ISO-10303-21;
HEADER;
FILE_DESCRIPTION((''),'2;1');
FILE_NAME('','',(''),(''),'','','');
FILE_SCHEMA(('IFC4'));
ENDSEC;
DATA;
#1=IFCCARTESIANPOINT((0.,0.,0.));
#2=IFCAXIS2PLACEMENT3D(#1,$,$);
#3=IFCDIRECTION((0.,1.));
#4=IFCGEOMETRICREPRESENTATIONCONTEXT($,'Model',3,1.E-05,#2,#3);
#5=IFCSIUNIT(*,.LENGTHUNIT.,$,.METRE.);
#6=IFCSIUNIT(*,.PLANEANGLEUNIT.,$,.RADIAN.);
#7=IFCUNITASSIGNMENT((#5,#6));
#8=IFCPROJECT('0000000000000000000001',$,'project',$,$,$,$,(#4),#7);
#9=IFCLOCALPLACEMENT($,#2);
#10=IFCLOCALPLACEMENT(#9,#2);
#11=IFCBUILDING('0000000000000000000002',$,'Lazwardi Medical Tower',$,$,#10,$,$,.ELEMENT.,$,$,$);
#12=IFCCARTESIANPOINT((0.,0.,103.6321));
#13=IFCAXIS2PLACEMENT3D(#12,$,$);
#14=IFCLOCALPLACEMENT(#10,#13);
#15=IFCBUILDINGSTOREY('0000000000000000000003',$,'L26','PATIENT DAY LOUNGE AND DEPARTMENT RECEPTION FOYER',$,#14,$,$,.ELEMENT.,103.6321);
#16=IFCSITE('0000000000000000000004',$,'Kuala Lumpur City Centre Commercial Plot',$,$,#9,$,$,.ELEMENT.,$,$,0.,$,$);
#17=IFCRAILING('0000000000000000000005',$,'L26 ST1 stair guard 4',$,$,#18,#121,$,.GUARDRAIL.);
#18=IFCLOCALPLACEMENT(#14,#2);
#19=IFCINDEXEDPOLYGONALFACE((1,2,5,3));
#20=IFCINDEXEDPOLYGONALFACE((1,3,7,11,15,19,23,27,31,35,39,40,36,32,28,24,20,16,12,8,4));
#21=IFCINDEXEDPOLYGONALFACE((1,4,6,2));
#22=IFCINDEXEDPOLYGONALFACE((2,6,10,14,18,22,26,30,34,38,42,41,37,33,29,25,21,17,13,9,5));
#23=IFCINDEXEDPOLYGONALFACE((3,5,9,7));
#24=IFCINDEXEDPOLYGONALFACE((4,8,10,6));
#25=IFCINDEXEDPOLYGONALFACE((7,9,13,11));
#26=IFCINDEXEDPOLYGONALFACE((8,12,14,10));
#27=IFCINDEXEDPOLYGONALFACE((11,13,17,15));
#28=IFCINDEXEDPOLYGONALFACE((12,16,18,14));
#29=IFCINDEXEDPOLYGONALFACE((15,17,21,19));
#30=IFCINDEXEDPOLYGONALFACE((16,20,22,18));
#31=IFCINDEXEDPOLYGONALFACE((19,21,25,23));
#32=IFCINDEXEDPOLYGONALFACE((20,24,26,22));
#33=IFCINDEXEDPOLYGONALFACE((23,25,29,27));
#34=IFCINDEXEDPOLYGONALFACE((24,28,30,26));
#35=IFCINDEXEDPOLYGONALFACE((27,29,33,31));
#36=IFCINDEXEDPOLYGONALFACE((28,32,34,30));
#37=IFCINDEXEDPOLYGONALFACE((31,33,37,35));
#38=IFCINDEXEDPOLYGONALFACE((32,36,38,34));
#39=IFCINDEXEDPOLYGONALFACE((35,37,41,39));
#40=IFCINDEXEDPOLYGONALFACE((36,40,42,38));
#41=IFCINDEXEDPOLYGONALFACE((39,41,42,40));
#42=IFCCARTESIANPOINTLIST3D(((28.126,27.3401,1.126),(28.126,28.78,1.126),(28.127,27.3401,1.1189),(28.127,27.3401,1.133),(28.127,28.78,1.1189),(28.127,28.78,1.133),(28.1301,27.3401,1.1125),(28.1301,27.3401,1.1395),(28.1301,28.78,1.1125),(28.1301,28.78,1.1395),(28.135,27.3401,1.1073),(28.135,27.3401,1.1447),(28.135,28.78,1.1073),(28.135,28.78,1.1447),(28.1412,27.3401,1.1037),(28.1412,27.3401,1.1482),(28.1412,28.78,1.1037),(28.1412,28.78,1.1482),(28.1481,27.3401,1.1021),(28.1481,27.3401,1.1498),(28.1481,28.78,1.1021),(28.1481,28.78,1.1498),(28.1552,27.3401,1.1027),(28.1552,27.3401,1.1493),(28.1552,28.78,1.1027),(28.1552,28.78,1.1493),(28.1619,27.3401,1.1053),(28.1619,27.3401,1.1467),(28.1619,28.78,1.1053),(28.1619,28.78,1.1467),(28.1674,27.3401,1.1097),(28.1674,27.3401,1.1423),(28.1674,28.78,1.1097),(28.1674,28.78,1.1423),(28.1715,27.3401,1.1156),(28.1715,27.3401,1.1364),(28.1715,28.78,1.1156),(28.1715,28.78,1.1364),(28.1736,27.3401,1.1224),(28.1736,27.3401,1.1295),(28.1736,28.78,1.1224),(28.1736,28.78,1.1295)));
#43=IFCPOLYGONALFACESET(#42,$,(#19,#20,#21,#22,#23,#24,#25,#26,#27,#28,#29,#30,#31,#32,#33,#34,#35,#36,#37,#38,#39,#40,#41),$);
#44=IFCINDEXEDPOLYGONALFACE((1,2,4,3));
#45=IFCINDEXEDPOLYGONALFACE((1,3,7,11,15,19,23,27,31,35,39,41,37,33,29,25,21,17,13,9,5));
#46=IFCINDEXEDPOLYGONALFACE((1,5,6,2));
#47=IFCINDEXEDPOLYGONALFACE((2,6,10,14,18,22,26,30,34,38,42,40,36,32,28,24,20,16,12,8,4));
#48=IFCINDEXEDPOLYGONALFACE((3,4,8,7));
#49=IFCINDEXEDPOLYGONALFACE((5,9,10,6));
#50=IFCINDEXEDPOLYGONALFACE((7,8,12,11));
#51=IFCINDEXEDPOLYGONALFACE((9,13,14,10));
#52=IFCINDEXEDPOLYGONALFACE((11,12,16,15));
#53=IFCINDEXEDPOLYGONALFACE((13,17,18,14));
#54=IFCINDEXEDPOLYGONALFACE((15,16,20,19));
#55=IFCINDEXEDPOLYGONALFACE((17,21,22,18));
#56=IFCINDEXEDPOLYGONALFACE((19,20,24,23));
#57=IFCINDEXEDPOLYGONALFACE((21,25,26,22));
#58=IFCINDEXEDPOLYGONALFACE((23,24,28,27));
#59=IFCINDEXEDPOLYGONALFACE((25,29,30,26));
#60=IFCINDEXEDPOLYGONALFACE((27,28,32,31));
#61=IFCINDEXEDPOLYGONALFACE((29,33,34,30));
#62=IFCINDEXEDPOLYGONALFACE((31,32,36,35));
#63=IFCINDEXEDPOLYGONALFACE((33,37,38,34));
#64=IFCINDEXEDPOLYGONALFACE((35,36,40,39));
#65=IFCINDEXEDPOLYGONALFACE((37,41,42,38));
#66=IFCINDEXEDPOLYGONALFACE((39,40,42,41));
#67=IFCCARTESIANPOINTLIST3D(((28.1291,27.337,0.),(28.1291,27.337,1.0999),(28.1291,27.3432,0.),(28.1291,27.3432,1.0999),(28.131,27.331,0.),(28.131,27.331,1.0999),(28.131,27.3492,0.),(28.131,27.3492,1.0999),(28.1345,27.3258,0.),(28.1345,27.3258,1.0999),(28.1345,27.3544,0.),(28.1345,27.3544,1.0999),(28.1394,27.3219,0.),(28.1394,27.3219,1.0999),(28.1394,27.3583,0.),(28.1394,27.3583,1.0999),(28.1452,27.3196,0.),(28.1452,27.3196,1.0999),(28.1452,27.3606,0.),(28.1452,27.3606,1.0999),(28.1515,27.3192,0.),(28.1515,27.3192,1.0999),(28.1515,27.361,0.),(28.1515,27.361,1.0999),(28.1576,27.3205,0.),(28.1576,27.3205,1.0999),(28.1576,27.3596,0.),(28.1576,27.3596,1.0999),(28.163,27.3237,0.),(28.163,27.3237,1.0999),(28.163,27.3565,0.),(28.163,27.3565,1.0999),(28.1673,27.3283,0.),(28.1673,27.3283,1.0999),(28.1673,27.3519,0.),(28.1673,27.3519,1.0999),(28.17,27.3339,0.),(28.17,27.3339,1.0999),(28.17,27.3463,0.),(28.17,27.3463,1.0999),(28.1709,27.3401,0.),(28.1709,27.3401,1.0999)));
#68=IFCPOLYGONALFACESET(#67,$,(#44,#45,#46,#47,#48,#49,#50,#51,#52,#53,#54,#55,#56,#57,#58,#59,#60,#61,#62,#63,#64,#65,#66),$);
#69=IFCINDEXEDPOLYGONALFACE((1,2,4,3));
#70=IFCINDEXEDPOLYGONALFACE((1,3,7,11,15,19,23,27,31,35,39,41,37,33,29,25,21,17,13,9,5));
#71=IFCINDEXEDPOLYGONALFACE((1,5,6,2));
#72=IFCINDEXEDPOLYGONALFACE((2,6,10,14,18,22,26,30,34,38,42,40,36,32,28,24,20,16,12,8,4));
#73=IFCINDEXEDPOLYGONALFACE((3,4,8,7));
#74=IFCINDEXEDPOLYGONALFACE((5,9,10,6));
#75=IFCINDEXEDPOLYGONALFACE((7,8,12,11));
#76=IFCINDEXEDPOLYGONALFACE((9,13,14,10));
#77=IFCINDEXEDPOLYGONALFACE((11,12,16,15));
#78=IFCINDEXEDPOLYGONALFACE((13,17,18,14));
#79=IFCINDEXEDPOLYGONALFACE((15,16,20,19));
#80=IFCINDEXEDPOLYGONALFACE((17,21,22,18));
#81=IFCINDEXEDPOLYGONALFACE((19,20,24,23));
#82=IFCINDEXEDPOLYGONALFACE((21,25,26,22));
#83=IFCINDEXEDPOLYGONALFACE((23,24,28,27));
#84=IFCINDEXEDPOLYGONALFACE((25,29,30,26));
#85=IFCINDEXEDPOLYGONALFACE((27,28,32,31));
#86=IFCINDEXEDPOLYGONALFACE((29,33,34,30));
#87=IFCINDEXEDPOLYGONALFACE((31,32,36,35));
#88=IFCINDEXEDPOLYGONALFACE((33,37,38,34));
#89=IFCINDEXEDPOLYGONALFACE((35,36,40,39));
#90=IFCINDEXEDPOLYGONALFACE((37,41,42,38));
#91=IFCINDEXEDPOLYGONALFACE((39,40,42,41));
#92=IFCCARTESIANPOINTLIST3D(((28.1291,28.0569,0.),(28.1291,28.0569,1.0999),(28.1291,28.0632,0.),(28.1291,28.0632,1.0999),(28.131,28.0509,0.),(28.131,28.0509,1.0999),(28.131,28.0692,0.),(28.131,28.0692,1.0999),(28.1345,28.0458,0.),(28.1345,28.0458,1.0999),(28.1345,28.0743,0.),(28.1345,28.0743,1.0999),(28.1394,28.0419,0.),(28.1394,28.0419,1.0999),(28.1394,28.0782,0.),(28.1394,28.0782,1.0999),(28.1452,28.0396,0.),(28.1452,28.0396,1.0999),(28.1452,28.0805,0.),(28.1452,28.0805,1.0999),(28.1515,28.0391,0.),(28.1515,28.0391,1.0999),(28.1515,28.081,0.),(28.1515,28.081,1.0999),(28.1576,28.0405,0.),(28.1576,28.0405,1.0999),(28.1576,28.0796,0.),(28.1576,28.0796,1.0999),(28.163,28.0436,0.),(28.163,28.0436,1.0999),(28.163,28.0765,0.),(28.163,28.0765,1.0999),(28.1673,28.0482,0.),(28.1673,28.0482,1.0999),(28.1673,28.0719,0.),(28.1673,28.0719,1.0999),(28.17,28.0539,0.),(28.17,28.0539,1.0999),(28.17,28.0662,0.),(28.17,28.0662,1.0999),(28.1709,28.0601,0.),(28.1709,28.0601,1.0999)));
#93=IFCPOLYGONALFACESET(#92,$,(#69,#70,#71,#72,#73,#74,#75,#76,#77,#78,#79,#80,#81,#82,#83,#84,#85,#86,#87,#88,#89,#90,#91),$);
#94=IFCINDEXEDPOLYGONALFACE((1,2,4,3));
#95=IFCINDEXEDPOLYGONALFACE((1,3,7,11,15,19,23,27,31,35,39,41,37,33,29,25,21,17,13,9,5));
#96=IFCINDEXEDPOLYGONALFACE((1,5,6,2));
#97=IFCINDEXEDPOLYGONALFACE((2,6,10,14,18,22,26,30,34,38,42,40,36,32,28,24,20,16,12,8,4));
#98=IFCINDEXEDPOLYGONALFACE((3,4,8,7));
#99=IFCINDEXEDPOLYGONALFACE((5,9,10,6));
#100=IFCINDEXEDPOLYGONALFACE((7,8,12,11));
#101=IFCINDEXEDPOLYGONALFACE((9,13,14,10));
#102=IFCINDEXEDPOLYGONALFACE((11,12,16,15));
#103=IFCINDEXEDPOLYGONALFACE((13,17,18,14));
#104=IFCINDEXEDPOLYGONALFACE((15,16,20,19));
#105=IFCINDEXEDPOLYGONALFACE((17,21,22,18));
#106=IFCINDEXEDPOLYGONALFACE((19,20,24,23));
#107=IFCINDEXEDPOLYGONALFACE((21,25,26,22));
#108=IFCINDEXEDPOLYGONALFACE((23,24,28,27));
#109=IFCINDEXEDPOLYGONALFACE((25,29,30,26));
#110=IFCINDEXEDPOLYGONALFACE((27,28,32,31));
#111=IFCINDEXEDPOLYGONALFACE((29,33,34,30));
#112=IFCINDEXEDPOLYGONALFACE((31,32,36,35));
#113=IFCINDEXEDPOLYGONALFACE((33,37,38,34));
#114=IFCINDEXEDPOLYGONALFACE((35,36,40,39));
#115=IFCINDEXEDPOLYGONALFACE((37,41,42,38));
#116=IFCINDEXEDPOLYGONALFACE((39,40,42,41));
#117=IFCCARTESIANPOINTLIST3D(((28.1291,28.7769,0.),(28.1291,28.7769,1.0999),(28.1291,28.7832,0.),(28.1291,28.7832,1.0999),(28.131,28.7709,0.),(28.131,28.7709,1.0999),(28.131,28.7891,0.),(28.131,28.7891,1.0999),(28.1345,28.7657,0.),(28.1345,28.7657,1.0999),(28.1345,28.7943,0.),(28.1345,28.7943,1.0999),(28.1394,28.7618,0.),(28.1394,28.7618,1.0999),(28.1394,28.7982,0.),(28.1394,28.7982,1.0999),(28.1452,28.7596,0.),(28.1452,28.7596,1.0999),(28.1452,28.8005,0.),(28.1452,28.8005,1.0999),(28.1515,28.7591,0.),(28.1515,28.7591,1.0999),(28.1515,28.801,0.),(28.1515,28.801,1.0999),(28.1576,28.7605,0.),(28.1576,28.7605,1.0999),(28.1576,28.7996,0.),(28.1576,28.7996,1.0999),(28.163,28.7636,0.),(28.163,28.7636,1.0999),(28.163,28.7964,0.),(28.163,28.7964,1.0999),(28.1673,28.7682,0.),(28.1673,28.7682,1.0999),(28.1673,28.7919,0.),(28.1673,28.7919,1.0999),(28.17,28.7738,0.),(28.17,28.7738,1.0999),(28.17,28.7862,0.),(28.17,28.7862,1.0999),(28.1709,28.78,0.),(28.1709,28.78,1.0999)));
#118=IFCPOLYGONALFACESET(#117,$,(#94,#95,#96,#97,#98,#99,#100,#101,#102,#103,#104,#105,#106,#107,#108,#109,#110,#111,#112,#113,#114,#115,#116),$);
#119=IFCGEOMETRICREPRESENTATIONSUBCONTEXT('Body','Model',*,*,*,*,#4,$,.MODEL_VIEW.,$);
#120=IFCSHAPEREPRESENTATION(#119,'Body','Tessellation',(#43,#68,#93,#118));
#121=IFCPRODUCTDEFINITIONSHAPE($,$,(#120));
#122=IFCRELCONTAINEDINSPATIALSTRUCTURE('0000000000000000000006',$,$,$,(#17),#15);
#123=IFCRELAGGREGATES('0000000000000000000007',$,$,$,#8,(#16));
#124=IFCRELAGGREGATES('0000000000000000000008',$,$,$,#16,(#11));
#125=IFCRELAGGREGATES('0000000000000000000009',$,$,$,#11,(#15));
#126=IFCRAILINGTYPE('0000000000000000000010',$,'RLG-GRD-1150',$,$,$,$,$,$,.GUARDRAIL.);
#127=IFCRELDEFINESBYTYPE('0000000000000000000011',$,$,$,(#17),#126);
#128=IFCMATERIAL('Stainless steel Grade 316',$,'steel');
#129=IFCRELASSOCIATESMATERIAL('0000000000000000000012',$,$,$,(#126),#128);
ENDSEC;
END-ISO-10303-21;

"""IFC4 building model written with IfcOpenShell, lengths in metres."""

from ifc_helpers import new_model, si_unit, direction, frame, origin, origin_2d, place, context, subcontext, project, spatial, circle, extrude, material, type_object, element, save


model = new_model("IFC4")

# Units and contexts
model_context = context("Model", 3, precision=1e-05, world=origin(), true_north=direction((0.0, 1.0)))
body_context = subcontext(model_context, "Body", "Model", "MODEL_VIEW")
ifc_project = project(units=[si_unit("LENGTHUNIT", "METRE"), si_unit("PLANEANGLEUNIT", "RADIAN")], contexts=[model_context])

# Site, building, storey
site_placement = place(None, origin())
site = spatial("IfcSite", under=ifc_project, at=site_placement, Name="Kuala Lumpur City Centre Commercial Plot", CompositionType="ELEMENT", RefElevation=0.0)
building_placement = place(site_placement, origin())
building = spatial("IfcBuilding", under=site, at=building_placement, Name="Lazwardi Medical Tower", CompositionType="ELEMENT")
storey_placement = place(building_placement, frame((0.0, 0.0, 103.6321)))
storey = spatial("IfcBuildingStorey", under=building, at=storey_placement, Name="L26", Description="PATIENT DAY LOUNGE AND DEPARTMENT RECEPTION FOYER", CompositionType="ELEMENT", Elevation=103.6321)

# Railing
ifc_material_1 = material(Name="Stainless steel Grade 316", Category="steel")
railing_type_1 = type_object("IfcRailingType", Name="RLG-GRD-1150", PredefinedType="GUARDRAIL", material=ifc_material_1)
railing_1_placement = place(storey_placement, frame((28.1499, 27.3401, 0.0)))
element("IfcRailing", 1, at=railing_1_placement, inside=storey, type_object=railing_type_1, Name="L26 ST1 stair guard 4", PredefinedType="GUARDRAIL", context=body_context, shape_type="SweptSolid", body=[
    extrude(circle(Radius=0.0239, at=origin_2d()), frame((0.0, 0.0, 1.126), z_axis=(0.0, 1.0, 0.0), x_axis=(-1.0, 0.0, 0.0)), (0.0, 0.0, 1.0), 1.4399),
    extrude(circle(Radius=0.021, at=origin_2d()), origin(), (0.0, 0.0, 1.0), 1.0999),
    extrude(circle(Radius=0.021, at=origin_2d()), frame((0.0, 0.72, 0.0)), (0.0, 0.0, 1.0), 1.0999),
    extrude(circle(Radius=0.021, at=origin_2d()), frame((0.0, 1.4399, 0.0)), (0.0, 0.0, 1.0), 1.0999),
])

save(model, "model.ifc")
